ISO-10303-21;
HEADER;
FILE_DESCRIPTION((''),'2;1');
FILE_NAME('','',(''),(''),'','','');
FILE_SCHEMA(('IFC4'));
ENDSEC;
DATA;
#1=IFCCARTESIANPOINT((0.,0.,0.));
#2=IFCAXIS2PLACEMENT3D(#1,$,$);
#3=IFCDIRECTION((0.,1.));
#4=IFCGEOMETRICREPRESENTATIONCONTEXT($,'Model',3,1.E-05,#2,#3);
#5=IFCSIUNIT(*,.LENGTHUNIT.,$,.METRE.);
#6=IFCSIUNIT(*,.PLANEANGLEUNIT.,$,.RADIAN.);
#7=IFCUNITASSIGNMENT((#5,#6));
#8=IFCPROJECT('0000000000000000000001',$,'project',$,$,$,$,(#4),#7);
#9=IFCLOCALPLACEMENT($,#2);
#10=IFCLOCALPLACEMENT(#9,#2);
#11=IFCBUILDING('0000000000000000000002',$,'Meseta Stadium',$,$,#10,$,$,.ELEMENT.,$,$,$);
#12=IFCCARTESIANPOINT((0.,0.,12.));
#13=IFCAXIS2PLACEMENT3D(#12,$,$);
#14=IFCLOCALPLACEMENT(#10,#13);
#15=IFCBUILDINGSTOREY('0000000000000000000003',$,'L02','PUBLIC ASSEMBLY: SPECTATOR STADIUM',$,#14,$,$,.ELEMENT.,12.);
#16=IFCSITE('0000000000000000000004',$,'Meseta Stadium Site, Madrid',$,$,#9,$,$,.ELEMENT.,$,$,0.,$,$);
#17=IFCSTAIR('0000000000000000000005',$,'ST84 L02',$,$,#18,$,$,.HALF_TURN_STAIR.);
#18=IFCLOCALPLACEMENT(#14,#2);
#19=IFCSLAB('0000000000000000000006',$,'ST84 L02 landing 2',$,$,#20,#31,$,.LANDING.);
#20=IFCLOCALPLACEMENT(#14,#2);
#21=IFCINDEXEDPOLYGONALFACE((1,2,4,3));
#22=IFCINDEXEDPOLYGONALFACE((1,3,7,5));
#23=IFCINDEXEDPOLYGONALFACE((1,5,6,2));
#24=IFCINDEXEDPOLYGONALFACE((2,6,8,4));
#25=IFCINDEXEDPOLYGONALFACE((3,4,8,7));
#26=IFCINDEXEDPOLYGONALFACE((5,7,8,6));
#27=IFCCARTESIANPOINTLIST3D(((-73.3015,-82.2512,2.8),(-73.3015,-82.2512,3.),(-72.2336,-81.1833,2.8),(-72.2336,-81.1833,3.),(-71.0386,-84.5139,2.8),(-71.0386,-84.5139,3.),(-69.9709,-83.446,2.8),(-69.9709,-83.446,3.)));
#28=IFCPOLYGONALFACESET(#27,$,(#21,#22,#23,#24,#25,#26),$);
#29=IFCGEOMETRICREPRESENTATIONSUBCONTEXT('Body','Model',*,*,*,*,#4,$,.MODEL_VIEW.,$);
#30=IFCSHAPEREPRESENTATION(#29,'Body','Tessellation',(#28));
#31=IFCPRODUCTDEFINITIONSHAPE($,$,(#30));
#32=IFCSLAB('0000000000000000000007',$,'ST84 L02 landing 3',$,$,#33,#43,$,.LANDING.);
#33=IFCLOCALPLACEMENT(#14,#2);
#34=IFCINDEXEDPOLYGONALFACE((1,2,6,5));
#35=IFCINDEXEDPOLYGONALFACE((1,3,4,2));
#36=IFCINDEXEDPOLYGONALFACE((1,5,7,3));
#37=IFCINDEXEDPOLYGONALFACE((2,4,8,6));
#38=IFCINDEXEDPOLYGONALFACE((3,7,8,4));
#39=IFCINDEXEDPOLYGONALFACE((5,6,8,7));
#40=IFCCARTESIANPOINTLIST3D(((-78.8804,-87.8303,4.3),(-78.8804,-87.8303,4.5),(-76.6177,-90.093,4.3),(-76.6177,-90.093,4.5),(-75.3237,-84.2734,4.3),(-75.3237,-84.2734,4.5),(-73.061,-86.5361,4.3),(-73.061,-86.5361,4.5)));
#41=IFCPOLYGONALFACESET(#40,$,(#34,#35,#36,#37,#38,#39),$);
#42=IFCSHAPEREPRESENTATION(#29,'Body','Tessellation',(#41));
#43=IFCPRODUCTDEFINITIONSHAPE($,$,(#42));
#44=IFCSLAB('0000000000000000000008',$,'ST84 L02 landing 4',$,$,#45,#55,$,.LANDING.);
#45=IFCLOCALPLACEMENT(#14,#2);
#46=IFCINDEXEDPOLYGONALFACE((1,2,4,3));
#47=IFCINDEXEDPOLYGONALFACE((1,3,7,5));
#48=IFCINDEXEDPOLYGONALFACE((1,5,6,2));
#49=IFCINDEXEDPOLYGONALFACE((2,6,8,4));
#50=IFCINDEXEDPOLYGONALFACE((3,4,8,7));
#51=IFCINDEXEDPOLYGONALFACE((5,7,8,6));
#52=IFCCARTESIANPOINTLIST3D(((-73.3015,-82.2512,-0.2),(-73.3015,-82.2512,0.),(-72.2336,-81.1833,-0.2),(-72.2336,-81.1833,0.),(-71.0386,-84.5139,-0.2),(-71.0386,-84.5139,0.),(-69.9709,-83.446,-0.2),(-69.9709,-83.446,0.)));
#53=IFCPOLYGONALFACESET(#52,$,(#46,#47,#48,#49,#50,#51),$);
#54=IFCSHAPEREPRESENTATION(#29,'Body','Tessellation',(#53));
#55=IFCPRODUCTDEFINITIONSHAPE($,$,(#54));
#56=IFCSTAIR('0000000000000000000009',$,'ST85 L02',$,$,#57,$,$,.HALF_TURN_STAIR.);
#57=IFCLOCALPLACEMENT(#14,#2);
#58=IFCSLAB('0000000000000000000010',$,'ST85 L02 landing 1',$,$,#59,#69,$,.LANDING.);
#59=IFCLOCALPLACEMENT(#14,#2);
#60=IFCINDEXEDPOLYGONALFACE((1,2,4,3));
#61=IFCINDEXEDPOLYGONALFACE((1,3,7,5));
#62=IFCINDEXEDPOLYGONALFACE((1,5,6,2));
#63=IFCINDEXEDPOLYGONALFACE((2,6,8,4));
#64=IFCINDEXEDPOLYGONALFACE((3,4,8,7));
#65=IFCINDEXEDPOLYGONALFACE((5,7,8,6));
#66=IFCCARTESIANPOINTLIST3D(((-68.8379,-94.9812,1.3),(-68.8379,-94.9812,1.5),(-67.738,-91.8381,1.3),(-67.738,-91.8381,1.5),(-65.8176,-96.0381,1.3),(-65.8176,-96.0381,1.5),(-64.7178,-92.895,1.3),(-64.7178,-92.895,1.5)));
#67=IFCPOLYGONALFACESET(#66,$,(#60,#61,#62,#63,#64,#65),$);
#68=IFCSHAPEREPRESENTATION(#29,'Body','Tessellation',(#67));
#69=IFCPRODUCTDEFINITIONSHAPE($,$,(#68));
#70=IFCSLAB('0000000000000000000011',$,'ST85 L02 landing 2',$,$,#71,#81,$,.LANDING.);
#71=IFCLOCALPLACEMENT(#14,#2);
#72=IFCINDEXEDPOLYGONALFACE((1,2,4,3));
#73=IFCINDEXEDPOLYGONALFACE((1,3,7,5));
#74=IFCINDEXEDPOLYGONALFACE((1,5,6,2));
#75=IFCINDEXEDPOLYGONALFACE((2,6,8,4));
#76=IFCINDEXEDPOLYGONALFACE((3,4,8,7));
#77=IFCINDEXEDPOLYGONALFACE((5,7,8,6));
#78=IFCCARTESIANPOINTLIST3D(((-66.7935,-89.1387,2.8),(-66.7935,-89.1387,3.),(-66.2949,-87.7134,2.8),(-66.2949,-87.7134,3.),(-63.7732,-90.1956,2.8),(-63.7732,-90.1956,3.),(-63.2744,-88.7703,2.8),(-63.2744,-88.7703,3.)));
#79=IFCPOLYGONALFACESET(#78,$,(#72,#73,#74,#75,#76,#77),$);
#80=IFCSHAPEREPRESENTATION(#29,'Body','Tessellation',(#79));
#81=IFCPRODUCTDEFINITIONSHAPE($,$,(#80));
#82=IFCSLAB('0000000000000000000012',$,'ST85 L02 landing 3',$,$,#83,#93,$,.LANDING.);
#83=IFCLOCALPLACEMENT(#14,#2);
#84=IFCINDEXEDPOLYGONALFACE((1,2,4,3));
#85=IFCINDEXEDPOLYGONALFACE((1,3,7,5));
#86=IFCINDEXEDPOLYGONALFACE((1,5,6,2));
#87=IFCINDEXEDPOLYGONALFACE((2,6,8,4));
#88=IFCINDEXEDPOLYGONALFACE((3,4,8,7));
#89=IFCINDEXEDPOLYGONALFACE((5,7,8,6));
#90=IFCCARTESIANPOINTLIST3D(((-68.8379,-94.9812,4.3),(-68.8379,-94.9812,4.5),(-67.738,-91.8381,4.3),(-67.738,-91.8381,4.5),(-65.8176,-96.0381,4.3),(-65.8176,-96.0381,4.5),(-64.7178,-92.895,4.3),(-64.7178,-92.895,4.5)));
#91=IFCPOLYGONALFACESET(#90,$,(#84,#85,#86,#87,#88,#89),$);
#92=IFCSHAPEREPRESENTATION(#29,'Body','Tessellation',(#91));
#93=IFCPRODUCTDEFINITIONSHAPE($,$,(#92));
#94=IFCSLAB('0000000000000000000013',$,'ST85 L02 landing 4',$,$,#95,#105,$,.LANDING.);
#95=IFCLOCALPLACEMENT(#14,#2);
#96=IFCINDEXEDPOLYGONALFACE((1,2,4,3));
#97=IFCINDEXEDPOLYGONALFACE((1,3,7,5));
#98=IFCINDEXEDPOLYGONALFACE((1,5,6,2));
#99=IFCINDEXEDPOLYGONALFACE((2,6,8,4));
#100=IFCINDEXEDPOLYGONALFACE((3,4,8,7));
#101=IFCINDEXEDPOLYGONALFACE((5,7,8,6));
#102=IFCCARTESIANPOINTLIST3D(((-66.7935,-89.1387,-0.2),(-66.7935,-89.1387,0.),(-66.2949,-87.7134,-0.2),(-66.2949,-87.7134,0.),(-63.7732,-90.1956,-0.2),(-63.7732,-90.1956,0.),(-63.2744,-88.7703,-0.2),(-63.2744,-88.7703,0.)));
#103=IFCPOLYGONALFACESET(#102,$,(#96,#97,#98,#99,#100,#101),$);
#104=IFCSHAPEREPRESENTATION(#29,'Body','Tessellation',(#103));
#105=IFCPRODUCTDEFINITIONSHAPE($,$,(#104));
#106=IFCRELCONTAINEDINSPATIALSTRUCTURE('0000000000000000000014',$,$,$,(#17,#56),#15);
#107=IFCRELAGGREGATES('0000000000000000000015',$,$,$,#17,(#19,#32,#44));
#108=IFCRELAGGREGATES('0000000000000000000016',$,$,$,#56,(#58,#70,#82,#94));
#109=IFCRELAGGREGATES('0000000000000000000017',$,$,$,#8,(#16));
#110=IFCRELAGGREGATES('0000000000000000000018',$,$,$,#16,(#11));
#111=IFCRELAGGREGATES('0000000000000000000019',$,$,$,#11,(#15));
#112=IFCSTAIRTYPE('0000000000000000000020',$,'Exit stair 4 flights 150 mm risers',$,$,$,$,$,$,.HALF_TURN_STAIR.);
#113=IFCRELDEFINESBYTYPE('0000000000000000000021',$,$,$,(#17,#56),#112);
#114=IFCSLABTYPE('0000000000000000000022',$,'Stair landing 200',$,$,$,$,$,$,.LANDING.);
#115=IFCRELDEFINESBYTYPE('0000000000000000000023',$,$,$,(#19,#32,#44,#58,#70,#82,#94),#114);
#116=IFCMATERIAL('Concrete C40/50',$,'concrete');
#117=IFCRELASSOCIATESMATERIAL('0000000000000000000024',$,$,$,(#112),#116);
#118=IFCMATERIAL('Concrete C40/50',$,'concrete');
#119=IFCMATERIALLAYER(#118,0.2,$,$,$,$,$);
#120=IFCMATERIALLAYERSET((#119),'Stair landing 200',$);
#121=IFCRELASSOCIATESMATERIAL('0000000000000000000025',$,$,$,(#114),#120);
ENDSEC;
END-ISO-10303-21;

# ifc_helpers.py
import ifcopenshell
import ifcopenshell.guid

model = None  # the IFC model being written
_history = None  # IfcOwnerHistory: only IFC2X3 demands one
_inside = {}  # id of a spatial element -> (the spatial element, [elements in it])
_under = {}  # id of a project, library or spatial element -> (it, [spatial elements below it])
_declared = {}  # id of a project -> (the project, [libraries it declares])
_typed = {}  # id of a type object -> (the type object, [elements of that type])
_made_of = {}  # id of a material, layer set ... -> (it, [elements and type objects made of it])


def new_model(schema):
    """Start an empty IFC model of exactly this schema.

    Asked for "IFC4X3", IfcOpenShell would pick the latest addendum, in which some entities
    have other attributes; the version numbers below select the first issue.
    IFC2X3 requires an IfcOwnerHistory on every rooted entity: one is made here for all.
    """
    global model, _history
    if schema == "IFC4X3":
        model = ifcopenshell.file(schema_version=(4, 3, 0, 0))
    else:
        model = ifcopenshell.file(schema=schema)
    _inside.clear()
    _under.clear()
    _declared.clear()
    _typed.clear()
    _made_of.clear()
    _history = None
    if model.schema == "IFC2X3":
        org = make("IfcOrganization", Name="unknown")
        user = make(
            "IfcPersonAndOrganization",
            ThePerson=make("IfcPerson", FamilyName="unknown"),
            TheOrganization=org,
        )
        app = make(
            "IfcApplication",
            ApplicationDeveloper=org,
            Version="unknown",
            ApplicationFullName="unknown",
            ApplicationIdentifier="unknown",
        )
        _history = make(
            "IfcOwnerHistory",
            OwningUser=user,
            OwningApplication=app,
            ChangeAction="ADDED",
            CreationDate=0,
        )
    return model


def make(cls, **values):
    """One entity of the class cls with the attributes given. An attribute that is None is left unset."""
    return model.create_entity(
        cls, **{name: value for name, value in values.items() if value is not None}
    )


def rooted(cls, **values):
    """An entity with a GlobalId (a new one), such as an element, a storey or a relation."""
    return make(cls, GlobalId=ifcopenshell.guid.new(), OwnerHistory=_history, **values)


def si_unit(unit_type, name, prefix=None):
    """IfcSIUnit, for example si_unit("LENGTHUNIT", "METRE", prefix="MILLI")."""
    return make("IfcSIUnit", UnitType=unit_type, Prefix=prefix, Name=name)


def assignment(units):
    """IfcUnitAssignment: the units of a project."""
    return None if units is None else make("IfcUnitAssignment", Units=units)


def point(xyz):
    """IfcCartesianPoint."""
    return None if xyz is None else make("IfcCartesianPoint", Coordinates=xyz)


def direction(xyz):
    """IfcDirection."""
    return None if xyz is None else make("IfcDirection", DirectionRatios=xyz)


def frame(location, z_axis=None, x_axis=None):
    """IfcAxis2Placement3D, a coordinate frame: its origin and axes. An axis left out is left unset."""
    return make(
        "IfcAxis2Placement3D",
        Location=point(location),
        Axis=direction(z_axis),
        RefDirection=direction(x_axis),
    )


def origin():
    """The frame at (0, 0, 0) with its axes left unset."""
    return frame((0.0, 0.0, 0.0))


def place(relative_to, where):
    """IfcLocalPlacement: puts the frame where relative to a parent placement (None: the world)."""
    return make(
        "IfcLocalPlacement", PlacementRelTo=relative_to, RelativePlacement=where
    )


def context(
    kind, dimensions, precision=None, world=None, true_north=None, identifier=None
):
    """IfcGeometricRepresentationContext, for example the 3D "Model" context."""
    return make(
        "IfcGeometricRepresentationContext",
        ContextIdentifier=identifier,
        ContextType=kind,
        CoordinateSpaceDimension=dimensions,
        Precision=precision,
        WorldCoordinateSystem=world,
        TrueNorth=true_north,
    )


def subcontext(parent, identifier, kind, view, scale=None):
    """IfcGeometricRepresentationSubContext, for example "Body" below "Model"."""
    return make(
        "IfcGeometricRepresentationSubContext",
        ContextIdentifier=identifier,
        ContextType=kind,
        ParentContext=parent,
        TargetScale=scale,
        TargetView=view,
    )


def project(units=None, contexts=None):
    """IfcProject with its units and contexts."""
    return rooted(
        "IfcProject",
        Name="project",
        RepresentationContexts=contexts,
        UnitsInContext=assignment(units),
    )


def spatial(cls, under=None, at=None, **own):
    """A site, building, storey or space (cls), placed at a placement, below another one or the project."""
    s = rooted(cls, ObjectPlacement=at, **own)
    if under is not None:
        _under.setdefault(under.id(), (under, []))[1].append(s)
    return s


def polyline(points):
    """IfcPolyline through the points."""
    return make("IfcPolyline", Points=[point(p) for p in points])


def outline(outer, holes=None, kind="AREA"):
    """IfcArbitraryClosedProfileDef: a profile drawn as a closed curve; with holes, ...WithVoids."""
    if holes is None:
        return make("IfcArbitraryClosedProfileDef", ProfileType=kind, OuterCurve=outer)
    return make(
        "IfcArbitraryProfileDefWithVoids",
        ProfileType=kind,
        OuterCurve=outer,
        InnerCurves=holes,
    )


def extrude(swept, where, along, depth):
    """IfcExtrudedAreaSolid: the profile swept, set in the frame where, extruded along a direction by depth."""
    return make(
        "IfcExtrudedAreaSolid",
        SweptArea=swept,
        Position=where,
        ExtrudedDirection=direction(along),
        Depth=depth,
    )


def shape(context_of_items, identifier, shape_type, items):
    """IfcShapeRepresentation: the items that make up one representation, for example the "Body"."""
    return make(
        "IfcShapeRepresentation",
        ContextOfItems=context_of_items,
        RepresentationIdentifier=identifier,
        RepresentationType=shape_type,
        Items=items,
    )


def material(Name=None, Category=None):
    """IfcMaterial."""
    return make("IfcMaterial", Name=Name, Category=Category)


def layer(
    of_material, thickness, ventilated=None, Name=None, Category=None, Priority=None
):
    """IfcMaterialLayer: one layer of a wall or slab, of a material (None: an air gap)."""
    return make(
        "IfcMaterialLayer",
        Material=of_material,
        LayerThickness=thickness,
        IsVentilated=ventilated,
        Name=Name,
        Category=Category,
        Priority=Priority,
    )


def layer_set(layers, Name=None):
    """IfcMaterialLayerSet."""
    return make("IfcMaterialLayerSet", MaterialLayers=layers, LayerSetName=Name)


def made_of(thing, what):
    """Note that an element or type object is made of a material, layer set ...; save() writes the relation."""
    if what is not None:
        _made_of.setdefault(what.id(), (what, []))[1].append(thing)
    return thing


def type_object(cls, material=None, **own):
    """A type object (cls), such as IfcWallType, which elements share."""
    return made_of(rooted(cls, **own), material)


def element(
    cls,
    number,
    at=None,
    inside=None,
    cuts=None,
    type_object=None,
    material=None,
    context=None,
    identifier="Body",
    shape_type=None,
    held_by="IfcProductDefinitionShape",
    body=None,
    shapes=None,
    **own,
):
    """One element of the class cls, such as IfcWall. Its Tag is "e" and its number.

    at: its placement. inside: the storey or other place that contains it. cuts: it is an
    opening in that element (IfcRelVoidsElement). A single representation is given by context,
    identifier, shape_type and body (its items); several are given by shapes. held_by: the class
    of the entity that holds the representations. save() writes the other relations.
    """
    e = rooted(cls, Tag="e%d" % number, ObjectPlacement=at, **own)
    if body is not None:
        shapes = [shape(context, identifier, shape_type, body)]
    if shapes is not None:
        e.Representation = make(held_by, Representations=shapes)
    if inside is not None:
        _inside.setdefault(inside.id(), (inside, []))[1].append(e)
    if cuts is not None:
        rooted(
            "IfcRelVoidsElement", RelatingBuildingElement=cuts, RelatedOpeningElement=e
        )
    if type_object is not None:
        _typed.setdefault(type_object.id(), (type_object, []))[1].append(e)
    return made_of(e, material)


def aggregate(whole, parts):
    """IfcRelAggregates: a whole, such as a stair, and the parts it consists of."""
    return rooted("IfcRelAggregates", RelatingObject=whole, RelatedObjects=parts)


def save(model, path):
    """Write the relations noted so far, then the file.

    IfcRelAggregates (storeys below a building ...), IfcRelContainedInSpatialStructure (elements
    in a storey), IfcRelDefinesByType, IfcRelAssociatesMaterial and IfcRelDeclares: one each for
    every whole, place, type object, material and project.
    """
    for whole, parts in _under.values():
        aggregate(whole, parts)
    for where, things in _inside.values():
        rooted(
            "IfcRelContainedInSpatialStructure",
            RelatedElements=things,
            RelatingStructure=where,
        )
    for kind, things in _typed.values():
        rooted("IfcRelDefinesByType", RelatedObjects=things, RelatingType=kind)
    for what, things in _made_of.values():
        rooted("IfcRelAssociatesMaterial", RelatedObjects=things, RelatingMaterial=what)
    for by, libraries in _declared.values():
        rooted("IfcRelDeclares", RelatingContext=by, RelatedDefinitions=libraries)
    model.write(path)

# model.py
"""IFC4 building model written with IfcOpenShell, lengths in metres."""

from ifc_helpers import new_model, si_unit, direction, frame, origin, place, context, subcontext, project, spatial, polyline, outline, extrude, material, layer, layer_set, type_object, element, aggregate, save


model = new_model("IFC4")

# Units and contexts
model_context = context("Model", 3, precision=1e-05, world=origin(), true_north=direction((0.0, 1.0)))
body_context = subcontext(model_context, "Body", "Model", "MODEL_VIEW")
ifc_project = project(units=[si_unit("LENGTHUNIT", "METRE"), si_unit("PLANEANGLEUNIT", "RADIAN")], contexts=[model_context])

# Site, building, storey
site_placement = place(None, origin())
site = spatial("IfcSite", under=ifc_project, at=site_placement, Name="Meseta Stadium Site, Madrid", CompositionType="ELEMENT", RefElevation=0.0)
building_placement = place(site_placement, origin())
building = spatial("IfcBuilding", under=site, at=building_placement, Name="Meseta Stadium", CompositionType="ELEMENT")
storey_placement = place(building_placement, frame((0.0, 0.0, 12.0)))
storey = spatial("IfcBuildingStorey", under=building, at=storey_placement, Name="L02", Description="PUBLIC ASSEMBLY: SPECTATOR STADIUM", CompositionType="ELEMENT", Elevation=12.0)

# Stairs, slabs
ifc_material_1 = material(Name="Concrete C40/50", Category="concrete")
stair_type = type_object("IfcStairType", Name="Exit stair 4 flights 150 mm risers", PredefinedType="HALF_TURN_STAIR", material=ifc_material_1)
ifc_material_2 = material(Name="Concrete C40/50", Category="concrete")
ifc_layer_1 = layer(ifc_material_2, 0.2)
ifc_layer_set_1 = layer_set([ifc_layer_1], Name="Stair landing 200")
slab_type_1 = type_object("IfcSlabType", Name="Stair landing 200", PredefinedType="LANDING", material=ifc_layer_set_1)
stair_1_placement = place(storey_placement, origin())
stair_1 = element("IfcStair", 1, at=stair_1_placement, inside=storey, type_object=stair_type, Name="ST84 L02", PredefinedType="HALF_TURN_STAIR")
slab_1_placement = place(storey_placement, frame((0.0, 0.0, 2.8)))
slab_1 = element("IfcSlab", 2, at=slab_1_placement, type_object=slab_type_1, Name="ST84 L02 landing 2", PredefinedType="LANDING", context=body_context, shape_type="SweptSolid", body=[
    extrude(outline(polyline([(-72.2336, -81.1833), (-73.3015, -82.2512), (-71.0386, -84.5139), (-69.9709, -83.446), (-72.2336, -81.1833)])), origin(), (0.0, 0.0, 1.0), 0.2),
])
slab_2_placement = place(storey_placement, frame((0.0, 0.0, 4.3)))
slab_2 = element("IfcSlab", 3, at=slab_2_placement, type_object=slab_type_1, Name="ST84 L02 landing 3", PredefinedType="LANDING", context=body_context, shape_type="SweptSolid", body=[
    extrude(outline(polyline([(-75.3237, -84.2734), (-78.8804, -87.8303), (-76.6177, -90.093), (-73.061, -86.5361), (-75.3237, -84.2734)])), origin(), (0.0, 0.0, 1.0), 0.2),
])
slab_3_placement = place(storey_placement, frame((0.0, 0.0, -0.2)))
slab_3 = element("IfcSlab", 4, at=slab_3_placement, type_object=slab_type_1, Name="ST84 L02 landing 4", PredefinedType="LANDING", context=body_context, shape_type="SweptSolid", body=[
    extrude(outline(polyline([(-72.2336, -81.1833), (-73.3015, -82.2512), (-71.0386, -84.5139), (-69.9709, -83.446), (-72.2336, -81.1833)])), origin(), (0.0, 0.0, 1.0), 0.2),
])
aggregate(stair_1, [slab_1, slab_2, slab_3])
stair_2_placement = place(storey_placement, origin())
stair_2 = element("IfcStair", 5, at=stair_2_placement, inside=storey, type_object=stair_type, Name="ST85 L02", PredefinedType="HALF_TURN_STAIR")
slab_4_placement = place(storey_placement, frame((0.0, 0.0, 1.3)))
slab_4 = element("IfcSlab", 6, at=slab_4_placement, type_object=slab_type_1, Name="ST85 L02 landing 1", PredefinedType="LANDING", context=body_context, shape_type="SweptSolid", body=[
    extrude(outline(polyline([(-67.738, -91.8381), (-68.8379, -94.9812), (-65.8176, -96.0381), (-64.7178, -92.895), (-67.738, -91.8381)])), origin(), (0.0, 0.0, 1.0), 0.2),
])
slab_5_placement = place(storey_placement, frame((0.0, 0.0, 2.8)))
slab_5 = element("IfcSlab", 7, at=slab_5_placement, type_object=slab_type_1, Name="ST85 L02 landing 2", PredefinedType="LANDING", context=body_context, shape_type="SweptSolid", body=[
    extrude(outline(polyline([(-66.2949, -87.7134), (-66.7935, -89.1387), (-63.7732, -90.1956), (-63.2744, -88.7703), (-66.2949, -87.7134)])), origin(), (0.0, 0.0, 1.0), 0.2),
])
slab_6_placement = place(storey_placement, frame((0.0, 0.0, 4.3)))
slab_6 = element("IfcSlab", 8, at=slab_6_placement, type_object=slab_type_1, Name="ST85 L02 landing 3", PredefinedType="LANDING", context=body_context, shape_type="SweptSolid", body=[
    extrude(outline(polyline([(-67.738, -91.8381), (-68.8379, -94.9812), (-65.8176, -96.0381), (-64.7178, -92.895), (-67.738, -91.8381)])), origin(), (0.0, 0.0, 1.0), 0.2),
])
slab_7_placement = place(storey_placement, frame((0.0, 0.0, -0.2)))
slab_7 = element("IfcSlab", 9, at=slab_7_placement, type_object=slab_type_1, Name="ST85 L02 landing 4", PredefinedType="LANDING", context=body_context, shape_type="SweptSolid", body=[
    extrude(outline(polyline([(-66.2949, -87.7134), (-66.7935, -89.1387), (-63.7732, -90.1956), (-63.2744, -88.7703), (-66.2949, -87.7134)])), origin(), (0.0, 0.0, 1.0), 0.2),
])
aggregate(stair_2, [slab_4, slab_5, slab_6, slab_7])

save(model, "model.ifc")
